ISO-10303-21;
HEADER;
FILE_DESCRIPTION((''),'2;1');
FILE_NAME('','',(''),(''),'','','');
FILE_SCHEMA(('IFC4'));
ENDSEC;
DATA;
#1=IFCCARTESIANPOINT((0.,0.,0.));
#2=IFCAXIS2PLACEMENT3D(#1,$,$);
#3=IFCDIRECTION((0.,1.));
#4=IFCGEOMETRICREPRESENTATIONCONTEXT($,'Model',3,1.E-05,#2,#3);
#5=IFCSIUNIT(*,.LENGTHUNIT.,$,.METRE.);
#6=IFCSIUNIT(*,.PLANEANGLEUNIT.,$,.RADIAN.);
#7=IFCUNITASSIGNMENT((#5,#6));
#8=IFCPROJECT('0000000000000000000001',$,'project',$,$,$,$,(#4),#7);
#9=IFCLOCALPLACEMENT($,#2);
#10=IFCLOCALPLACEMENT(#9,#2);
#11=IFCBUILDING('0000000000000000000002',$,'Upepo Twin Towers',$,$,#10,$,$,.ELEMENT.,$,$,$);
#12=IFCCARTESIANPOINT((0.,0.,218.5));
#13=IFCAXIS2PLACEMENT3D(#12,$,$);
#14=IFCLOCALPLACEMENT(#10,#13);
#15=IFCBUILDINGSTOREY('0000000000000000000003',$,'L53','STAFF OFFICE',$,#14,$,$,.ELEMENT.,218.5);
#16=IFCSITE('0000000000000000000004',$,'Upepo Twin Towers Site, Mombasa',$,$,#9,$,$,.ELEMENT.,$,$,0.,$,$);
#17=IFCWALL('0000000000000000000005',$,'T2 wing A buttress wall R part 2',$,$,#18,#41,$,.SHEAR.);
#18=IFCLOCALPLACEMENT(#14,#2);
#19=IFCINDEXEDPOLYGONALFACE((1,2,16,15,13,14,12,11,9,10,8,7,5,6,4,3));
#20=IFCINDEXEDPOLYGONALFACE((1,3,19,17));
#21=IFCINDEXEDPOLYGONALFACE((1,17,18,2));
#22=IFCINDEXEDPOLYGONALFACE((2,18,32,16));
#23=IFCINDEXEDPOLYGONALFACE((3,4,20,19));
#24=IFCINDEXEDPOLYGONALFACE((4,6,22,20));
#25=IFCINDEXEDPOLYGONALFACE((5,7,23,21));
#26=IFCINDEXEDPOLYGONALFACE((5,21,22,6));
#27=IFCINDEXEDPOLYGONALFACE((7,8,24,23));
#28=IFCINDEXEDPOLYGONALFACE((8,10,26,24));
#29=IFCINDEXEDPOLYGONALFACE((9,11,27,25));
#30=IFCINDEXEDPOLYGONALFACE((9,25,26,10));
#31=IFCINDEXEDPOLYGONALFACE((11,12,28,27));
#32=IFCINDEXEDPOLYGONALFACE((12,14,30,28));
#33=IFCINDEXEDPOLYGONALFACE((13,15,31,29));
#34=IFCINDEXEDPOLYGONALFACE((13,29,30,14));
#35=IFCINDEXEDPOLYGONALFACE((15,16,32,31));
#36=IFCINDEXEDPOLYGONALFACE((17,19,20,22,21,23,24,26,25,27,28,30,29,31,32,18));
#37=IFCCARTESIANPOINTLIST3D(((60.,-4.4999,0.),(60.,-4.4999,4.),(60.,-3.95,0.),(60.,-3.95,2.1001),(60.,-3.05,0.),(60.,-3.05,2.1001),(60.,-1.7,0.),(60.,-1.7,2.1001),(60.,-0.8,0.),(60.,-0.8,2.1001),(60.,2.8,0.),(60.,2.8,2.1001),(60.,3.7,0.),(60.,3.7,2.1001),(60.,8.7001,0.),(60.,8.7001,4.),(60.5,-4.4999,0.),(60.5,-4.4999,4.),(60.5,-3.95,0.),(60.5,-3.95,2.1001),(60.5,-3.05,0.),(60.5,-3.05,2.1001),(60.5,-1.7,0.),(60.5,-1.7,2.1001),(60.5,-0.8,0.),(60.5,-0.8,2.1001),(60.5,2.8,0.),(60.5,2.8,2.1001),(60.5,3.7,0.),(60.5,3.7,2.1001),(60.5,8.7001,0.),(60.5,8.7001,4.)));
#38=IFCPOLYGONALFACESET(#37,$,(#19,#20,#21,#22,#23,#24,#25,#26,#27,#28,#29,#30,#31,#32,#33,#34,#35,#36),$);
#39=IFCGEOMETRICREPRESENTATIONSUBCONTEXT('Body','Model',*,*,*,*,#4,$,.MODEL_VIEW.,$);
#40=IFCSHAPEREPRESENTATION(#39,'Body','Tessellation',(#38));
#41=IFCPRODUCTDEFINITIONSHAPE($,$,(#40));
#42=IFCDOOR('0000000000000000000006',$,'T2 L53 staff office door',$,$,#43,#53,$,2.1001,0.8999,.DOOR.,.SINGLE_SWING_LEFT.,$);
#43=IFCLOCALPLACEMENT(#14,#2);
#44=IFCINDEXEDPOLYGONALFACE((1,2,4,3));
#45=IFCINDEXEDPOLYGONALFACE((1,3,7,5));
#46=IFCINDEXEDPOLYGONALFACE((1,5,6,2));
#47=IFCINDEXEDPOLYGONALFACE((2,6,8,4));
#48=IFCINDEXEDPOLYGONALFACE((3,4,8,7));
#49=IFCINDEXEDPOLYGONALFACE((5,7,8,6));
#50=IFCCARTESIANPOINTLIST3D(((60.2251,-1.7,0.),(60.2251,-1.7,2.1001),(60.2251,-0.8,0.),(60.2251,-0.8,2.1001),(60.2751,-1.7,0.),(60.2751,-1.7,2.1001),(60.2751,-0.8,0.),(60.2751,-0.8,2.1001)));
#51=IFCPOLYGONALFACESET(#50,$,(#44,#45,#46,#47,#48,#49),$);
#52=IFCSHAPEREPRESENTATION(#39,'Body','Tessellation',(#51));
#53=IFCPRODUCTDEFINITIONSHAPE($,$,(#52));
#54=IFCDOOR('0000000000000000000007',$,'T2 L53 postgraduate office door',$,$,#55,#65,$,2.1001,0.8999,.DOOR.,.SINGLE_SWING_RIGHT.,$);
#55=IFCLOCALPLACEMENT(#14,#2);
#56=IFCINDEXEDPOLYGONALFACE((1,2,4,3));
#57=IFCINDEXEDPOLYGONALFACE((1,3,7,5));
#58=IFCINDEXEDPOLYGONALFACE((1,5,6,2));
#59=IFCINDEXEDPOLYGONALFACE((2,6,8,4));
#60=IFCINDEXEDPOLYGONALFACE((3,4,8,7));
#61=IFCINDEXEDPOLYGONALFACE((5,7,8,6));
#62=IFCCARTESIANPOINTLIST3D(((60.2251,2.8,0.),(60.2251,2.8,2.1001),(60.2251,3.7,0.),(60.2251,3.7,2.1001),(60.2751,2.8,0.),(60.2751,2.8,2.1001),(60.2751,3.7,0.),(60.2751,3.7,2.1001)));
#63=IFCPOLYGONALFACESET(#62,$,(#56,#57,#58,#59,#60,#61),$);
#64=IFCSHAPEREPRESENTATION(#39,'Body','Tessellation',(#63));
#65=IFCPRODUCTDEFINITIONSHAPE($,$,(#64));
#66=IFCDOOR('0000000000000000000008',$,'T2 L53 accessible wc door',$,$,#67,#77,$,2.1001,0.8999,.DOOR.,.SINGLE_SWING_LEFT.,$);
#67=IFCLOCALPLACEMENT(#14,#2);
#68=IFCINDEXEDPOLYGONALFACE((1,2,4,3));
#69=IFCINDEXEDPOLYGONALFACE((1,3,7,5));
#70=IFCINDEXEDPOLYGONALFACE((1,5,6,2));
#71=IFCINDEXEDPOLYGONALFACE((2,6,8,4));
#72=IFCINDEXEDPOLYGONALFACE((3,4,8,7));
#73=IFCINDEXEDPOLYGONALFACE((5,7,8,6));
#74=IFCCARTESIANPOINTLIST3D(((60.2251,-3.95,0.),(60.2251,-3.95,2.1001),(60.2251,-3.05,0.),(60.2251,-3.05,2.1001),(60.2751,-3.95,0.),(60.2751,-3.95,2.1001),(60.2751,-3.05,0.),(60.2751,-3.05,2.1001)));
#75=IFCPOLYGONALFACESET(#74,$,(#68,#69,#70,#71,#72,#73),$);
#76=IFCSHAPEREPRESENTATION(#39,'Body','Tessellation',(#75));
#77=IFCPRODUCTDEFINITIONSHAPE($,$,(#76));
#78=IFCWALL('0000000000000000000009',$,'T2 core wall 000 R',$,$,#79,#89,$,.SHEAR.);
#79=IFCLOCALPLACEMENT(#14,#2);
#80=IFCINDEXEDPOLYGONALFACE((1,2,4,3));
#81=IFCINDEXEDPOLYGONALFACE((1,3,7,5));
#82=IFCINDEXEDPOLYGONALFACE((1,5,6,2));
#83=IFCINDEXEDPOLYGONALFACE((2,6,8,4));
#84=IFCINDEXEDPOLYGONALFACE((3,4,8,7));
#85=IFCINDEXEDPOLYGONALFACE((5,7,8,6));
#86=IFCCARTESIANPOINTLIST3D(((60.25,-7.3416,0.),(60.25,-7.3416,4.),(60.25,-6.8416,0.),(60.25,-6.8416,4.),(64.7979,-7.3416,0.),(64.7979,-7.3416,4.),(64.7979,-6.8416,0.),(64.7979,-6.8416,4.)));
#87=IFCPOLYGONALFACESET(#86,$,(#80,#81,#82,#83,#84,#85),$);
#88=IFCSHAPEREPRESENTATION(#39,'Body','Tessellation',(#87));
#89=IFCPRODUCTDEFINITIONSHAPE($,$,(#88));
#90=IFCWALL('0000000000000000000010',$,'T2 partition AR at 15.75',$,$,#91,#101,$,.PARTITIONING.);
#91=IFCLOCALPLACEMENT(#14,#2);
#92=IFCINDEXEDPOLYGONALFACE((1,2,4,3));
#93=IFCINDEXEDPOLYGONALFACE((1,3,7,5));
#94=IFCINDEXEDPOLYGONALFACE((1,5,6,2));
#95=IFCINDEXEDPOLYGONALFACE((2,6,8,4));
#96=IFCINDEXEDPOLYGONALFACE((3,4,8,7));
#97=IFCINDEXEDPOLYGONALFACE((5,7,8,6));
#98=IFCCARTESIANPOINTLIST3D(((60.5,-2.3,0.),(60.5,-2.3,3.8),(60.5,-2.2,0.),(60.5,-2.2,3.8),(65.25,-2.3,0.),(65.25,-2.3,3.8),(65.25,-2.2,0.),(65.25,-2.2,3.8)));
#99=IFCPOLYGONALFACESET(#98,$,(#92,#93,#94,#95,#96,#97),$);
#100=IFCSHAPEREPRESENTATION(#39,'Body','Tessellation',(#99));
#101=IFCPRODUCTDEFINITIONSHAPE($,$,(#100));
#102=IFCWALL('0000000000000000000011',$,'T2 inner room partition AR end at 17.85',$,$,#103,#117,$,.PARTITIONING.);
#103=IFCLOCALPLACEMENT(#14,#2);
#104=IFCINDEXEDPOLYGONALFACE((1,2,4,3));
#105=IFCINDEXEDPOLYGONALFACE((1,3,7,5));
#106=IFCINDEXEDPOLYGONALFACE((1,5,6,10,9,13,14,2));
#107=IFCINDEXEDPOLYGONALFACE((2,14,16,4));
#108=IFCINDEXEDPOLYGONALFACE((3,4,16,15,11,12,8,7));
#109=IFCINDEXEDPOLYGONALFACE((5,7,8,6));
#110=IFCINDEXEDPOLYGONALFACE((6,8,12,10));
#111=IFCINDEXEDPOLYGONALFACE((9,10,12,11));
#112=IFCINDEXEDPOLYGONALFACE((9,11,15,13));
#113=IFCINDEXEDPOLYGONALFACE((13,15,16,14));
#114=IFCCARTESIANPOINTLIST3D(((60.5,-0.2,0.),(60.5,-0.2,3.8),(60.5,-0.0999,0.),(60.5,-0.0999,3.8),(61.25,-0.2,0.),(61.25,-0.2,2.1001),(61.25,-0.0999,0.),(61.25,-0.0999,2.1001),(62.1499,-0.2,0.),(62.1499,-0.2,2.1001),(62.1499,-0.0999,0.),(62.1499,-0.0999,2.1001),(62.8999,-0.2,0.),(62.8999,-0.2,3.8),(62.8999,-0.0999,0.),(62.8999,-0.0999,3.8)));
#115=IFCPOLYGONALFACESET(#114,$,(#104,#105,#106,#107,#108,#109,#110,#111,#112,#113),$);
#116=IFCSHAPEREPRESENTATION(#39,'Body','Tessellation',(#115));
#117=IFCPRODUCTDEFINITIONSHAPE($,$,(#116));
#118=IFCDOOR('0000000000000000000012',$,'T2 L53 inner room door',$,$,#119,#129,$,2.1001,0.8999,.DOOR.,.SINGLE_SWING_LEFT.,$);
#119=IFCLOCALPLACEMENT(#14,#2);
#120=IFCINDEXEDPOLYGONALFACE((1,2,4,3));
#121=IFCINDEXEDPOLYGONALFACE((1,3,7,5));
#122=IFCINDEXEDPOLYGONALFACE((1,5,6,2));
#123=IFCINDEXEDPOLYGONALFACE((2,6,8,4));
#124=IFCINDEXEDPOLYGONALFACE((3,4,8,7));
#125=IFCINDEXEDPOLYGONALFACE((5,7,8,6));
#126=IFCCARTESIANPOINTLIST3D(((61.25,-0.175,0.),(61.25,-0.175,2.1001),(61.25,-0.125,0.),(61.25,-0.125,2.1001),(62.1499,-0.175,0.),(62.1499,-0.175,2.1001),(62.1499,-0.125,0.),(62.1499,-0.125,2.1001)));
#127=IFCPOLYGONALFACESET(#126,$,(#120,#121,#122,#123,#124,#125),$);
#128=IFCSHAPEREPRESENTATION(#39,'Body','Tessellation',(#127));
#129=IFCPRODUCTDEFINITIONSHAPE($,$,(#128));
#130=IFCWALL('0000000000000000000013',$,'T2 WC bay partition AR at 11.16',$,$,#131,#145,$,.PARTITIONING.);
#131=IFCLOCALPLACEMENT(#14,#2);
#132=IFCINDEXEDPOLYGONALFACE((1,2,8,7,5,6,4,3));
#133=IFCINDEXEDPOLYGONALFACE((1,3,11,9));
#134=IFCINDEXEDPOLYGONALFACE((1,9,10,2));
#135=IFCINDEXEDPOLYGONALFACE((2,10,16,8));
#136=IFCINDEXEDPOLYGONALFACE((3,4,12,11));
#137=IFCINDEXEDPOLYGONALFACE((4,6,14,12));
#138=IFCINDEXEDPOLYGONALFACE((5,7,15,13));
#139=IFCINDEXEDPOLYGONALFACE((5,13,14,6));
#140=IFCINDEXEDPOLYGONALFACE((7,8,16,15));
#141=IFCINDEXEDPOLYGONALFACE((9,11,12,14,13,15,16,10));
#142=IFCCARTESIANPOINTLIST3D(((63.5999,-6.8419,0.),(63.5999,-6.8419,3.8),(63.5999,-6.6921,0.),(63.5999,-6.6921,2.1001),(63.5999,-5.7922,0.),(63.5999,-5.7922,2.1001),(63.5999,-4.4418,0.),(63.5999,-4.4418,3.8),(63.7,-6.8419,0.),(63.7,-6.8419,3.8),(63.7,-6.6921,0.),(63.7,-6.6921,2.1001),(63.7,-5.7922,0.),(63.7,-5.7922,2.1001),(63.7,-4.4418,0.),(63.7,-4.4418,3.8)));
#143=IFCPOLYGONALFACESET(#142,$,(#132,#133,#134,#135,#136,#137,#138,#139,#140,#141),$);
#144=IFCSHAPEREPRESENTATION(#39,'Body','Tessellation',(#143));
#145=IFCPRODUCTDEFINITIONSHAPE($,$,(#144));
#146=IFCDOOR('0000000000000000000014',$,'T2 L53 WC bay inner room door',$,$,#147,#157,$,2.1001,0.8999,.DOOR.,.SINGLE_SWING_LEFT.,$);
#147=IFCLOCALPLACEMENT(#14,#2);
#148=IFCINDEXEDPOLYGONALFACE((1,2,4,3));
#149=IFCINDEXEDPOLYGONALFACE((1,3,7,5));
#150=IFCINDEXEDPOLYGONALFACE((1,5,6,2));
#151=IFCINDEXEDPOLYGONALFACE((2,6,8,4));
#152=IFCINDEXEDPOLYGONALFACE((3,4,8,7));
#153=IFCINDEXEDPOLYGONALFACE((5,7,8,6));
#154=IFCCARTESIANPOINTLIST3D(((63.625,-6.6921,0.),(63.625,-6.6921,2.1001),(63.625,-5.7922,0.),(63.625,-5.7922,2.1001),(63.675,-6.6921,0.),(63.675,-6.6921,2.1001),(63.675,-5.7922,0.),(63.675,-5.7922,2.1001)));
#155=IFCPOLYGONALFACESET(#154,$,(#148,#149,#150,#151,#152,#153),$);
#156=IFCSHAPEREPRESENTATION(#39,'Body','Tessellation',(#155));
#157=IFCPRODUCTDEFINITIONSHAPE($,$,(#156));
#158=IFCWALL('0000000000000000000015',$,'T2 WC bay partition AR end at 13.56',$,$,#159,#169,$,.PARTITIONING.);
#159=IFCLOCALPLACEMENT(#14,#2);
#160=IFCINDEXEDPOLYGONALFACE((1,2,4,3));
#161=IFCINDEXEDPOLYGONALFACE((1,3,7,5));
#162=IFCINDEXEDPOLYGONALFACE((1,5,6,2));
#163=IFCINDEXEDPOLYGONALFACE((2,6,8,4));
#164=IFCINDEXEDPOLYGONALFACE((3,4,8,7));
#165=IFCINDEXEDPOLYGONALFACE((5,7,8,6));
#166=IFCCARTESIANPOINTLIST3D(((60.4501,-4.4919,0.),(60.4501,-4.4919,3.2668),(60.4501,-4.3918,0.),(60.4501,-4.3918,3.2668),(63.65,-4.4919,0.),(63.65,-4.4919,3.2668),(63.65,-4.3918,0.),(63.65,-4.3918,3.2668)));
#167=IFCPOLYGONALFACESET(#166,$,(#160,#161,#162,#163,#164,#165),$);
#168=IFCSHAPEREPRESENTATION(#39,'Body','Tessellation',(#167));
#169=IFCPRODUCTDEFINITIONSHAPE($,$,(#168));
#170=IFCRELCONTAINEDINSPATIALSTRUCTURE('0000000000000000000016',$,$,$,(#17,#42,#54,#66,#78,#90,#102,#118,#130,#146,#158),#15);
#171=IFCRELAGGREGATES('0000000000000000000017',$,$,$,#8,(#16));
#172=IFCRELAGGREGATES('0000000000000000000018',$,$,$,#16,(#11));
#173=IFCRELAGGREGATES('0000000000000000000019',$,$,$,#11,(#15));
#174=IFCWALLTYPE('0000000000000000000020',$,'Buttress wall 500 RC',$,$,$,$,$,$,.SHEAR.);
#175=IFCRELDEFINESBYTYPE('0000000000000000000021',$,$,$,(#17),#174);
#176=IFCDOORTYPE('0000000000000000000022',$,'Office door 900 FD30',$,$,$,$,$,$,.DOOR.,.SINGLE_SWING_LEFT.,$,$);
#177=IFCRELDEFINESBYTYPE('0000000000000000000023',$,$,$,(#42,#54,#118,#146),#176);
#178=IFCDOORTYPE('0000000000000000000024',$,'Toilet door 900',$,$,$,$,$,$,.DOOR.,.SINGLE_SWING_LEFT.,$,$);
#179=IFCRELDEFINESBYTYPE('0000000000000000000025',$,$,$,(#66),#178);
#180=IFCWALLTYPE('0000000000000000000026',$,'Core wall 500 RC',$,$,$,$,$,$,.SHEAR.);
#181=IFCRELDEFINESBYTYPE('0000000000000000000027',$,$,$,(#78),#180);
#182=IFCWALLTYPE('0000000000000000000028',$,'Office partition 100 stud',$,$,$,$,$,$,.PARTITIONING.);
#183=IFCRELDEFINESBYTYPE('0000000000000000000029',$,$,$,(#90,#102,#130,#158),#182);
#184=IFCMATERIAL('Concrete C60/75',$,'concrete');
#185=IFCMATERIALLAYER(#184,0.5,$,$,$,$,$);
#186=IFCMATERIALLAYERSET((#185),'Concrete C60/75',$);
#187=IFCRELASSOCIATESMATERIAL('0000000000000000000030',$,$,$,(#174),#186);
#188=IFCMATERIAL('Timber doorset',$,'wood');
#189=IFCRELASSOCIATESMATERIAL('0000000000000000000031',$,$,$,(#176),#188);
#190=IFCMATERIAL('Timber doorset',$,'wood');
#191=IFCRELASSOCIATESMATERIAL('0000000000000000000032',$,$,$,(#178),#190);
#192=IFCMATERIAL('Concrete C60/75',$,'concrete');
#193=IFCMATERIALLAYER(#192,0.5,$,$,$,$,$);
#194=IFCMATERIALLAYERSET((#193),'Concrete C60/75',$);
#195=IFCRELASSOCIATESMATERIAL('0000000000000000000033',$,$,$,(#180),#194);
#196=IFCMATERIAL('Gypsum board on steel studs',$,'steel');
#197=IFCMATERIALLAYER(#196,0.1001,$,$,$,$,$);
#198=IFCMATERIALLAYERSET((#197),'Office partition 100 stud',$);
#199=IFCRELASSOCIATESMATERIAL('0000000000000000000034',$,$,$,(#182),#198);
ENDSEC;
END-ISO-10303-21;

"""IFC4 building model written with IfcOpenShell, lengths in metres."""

from ifc_helpers import new_model, si_unit, direction, frame, frame_2d, origin, place, context, subcontext, project, spatial, rectangle, extrude, material, layer, layer_set, type_object, element, fill, save


model = new_model("IFC4")

# Units and contexts
model_context = context("Model", 3, precision=1e-05, world=origin(), true_north=direction((0.0, 1.0)))
body_context = subcontext(model_context, "Body", "Model", "MODEL_VIEW")
ifc_project = project(units=[si_unit("LENGTHUNIT", "METRE"), si_unit("PLANEANGLEUNIT", "RADIAN")], contexts=[model_context])

# Site, building, storey
site_placement = place(None, origin())
site = spatial("IfcSite", under=ifc_project, at=site_placement, Name="Upepo Twin Towers Site, Mombasa", CompositionType="ELEMENT", RefElevation=0.0)
building_placement = place(site_placement, origin())
building = spatial("IfcBuilding", under=site, at=building_placement, Name="Upepo Twin Towers", CompositionType="ELEMENT")
storey_placement = place(building_placement, frame((0.0, 0.0, 218.5)))
storey = spatial("IfcBuildingStorey", under=building, at=storey_placement, Name="L53", Description="STAFF OFFICE", CompositionType="ELEMENT", Elevation=218.5)

# Wall, openings, doors
ifc_material_1 = material(Name="Concrete C60/75", Category="concrete")
ifc_layer_1 = layer(ifc_material_1, 0.5)
ifc_layer_set_1 = layer_set([ifc_layer_1], Name="Concrete C60/75")
wall_type_1 = type_object("IfcWallType", Name="Buttress wall 500 RC", PredefinedType="SHEAR", material=ifc_layer_set_1)
wall_1_placement = place(storey_placement, frame((60.25, -4.5, 0.0), z_axis=(0.0, 0.0, 1.0), x_axis=(0.0, 1.0, 0.0)))
wall_1 = element("IfcWall", 1, at=wall_1_placement, inside=storey, type_object=wall_type_1, Name="T2 wing A buttress wall R part 2", PredefinedType="SHEAR", context=body_context, shape_type="SweptSolid", body=[
    extrude(rectangle(XDim=13.2, YDim=0.5, at=frame_2d((6.6001, 0.0))), origin(), (0.0, 0.0, 1.0), 4.0),
])
opening_1_placement = place(wall_1_placement, frame((0.55, 0.0, 0.0)))
opening_1 = element("IfcOpeningElement", 2, at=opening_1_placement, cuts=wall_1, PredefinedType="OPENING", context=body_context, shape_type="SweptSolid", body=[
    extrude(rectangle(XDim=0.8999, YDim=2.1001, at=frame_2d((0.45, 1.05))), frame((0.0, 0.26, 0.0), z_axis=(0.0, -1.0, 0.0), x_axis=(1.0, 0.0, 0.0)), (0.0, 0.0, 1.0), 0.52),
])
opening_2_placement = place(wall_1_placement, frame((2.8, 0.0, 0.0)))
opening_2 = element("IfcOpeningElement", 3, at=opening_2_placement, cuts=wall_1, PredefinedType="OPENING", context=body_context, shape_type="SweptSolid", body=[
    extrude(rectangle(XDim=0.8999, YDim=2.1001, at=frame_2d((0.45, 1.05))), frame((0.0, 0.26, 0.0), z_axis=(0.0, -1.0, 0.0), x_axis=(1.0, 0.0, 0.0)), (0.0, 0.0, 1.0), 0.52),
])
opening_3_placement = place(wall_1_placement, frame((7.3, 0.0, 0.0)))
opening_3 = element("IfcOpeningElement", 4, at=opening_3_placement, cuts=wall_1, PredefinedType="OPENING", context=body_context, shape_type="SweptSolid", body=[
    extrude(rectangle(XDim=0.8999, YDim=2.1001, at=frame_2d((0.45, 1.05))), frame((0.0, 0.26, 0.0), z_axis=(0.0, -1.0, 0.0), x_axis=(1.0, 0.0, 0.0)), (0.0, 0.0, 1.0), 0.52),
])
ifc_material_2 = material(Name="Timber doorset", Category="wood")
door_type_1 = type_object("IfcDoorType", Name="Office door 900 FD30", OperationType="SINGLE_SWING_LEFT", PredefinedType="DOOR", material=ifc_material_2)
door_1_placement = place(opening_2_placement, origin())
door_1 = element("IfcDoor", 5, at=door_1_placement, inside=storey, type_object=door_type_1, Name="T2 L53 staff office door", OperationType="SINGLE_SWING_LEFT", OverallHeight=2.1001, OverallWidth=0.8999, PredefinedType="DOOR", context=body_context, shape_type="SweptSolid", body=[
    extrude(rectangle(XDim=0.8999, YDim=2.1001, at=frame_2d((0.45, 1.05))), frame((0.0, 0.0249, 0.0), z_axis=(0.0, -1.0, 0.0), x_axis=(1.0, 0.0, 0.0)), (0.0, 0.0, 1.0), 0.05),
])
fill(opening_2, door_1)
door_2_placement = place(opening_3_placement, origin())
door_2 = element("IfcDoor", 6, at=door_2_placement, inside=storey, type_object=door_type_1, Name="T2 L53 postgraduate office door", OperationType="SINGLE_SWING_RIGHT", OverallHeight=2.1001, OverallWidth=0.8999, PredefinedType="DOOR", context=body_context, shape_type="SweptSolid", body=[
    extrude(rectangle(XDim=0.8999, YDim=2.1001, at=frame_2d((0.45, 1.05))), frame((0.0, 0.0249, 0.0), z_axis=(0.0, -1.0, 0.0), x_axis=(1.0, 0.0, 0.0)), (0.0, 0.0, 1.0), 0.05),
])
fill(opening_3, door_2)
ifc_material_3 = material(Name="Timber doorset", Category="wood")
door_type_2 = type_object("IfcDoorType", Name="Toilet door 900", OperationType="SINGLE_SWING_LEFT", PredefinedType="DOOR", material=ifc_material_3)
door_3_placement = place(opening_1_placement, origin())
door_3 = element("IfcDoor", 7, at=door_3_placement, inside=storey, type_object=door_type_2, Name="T2 L53 accessible wc door", OperationType="SINGLE_SWING_LEFT", OverallHeight=2.1001, OverallWidth=0.8999, PredefinedType="DOOR", context=body_context, shape_type="SweptSolid", body=[
    extrude(rectangle(XDim=0.8999, YDim=2.1001, at=frame_2d((0.45, 1.05))), frame((0.0, 0.0249, 0.0), z_axis=(0.0, -1.0, 0.0), x_axis=(1.0, 0.0, 0.0)), (0.0, 0.0, 1.0), 0.05),
])
fill(opening_1, door_3)

# Walls
ifc_material_4 = material(Name="Concrete C60/75", Category="concrete")
ifc_layer_2 = layer(ifc_material_4, 0.5)
ifc_layer_set_2 = layer_set([ifc_layer_2], Name="Concrete C60/75")
wall_type_2 = type_object("IfcWallType", Name="Core wall 500 RC", PredefinedType="SHEAR", material=ifc_layer_set_2)
wall_2_placement = place(storey_placement, frame((64.7979, -7.0916, 0.0), z_axis=(0.0, 0.0, 1.0), x_axis=(-1.0, 0.0, 0.0)))
element("IfcWall", 8, at=wall_2_placement, inside=storey, type_object=wall_type_2, Name="T2 core wall 000 R", PredefinedType="SHEAR", context=body_context, shape_type="SweptSolid", body=[
    extrude(rectangle(XDim=4.5479, YDim=0.5, at=frame_2d((2.2739, 0.0))), origin(), (0.0, 0.0, 1.0), 4.0),
])
ifc_material_5 = material(Name="Gypsum board on steel studs", Category="steel")
ifc_layer_3 = layer(ifc_material_5, 0.1001)
ifc_layer_set_3 = layer_set([ifc_layer_3], Name="Office partition 100 stud")
wall_type_3 = type_object("IfcWallType", Name="Office partition 100 stud", PredefinedType="PARTITIONING", material=ifc_layer_set_3)
wall_3_placement = place(storey_placement, frame((60.5, -2.25, 0.0), z_axis=(0.0, 0.0, 1.0), x_axis=(1.0, 0.0, 0.0)))
element("IfcWall", 9, at=wall_3_placement, inside=storey, type_object=wall_type_3, Name="T2 partition AR at 15.75", PredefinedType="PARTITIONING", context=body_context, shape_type="SweptSolid", body=[
    extrude(rectangle(XDim=4.75, YDim=0.1001, at=frame_2d((2.375, 0.0))), origin(), (0.0, 0.0, 1.0), 3.8),
])

# Walls, openings, doors
wall_4_placement = place(storey_placement, frame((60.5, -0.1499, 0.0), z_axis=(0.0, 0.0, 1.0), x_axis=(1.0, 0.0, 0.0)))
wall_4 = element("IfcWall", 10, at=wall_4_placement, inside=storey, type_object=wall_type_3, Name="T2 inner room partition AR end at 17.85", PredefinedType="PARTITIONING", context=body_context, shape_type="SweptSolid", body=[
    extrude(rectangle(XDim=2.3999, YDim=0.1001, at=frame_2d((1.2, 0.0))), origin(), (0.0, 0.0, 1.0), 3.8),
])
opening_4_placement = place(wall_4_placement, frame((0.75, 0.0, 0.0)))
opening_4 = element("IfcOpeningElement", 11, at=opening_4_placement, cuts=wall_4, PredefinedType="OPENING", context=body_context, shape_type="SweptSolid", body=[
    extrude(rectangle(XDim=0.8999, YDim=2.1001, at=frame_2d((0.45, 1.05))), frame((0.0, 0.0601, 0.0), z_axis=(0.0, -1.0, 0.0), x_axis=(1.0, 0.0, 0.0)), (0.0, 0.0, 1.0), 0.1201),
])
door_4_placement = place(opening_4_placement, origin())
door_4 = element("IfcDoor", 12, at=door_4_placement, inside=storey, type_object=door_type_1, Name="T2 L53 inner room door", OperationType="SINGLE_SWING_LEFT", OverallHeight=2.1001, OverallWidth=0.8999, PredefinedType="DOOR", context=body_context, shape_type="SweptSolid", body=[
    extrude(rectangle(XDim=0.8999, YDim=2.1001, at=frame_2d((0.45, 1.05))), frame((0.0, 0.0249, 0.0), z_axis=(0.0, -1.0, 0.0), x_axis=(1.0, 0.0, 0.0)), (0.0, 0.0, 1.0), 0.05),
])
fill(opening_4, door_4)
wall_5_placement = place(storey_placement, frame((63.6499, -6.842, 0.0), z_axis=(0.0, 0.0, 1.0), x_axis=(0.0, 1.0, 0.0)))
wall_5 = element("IfcWall", 13, at=wall_5_placement, inside=storey, type_object=wall_type_3, Name="T2 WC bay partition AR at 11.16", PredefinedType="PARTITIONING", context=body_context, shape_type="SweptSolid", body=[
    extrude(rectangle(XDim=2.4001, YDim=0.1001, at=frame_2d((1.2002, 0.0))), origin(), (0.0, 0.0, 1.0), 3.8),
])
opening_5_placement = place(wall_5_placement, frame((0.1499, 0.0, 0.0)))
opening_5 = element("IfcOpeningElement", 14, at=opening_5_placement, cuts=wall_5, PredefinedType="OPENING", context=body_context, shape_type="SweptSolid", body=[
    extrude(rectangle(XDim=0.8999, YDim=2.1001, at=frame_2d((0.45, 1.05))), frame((0.0, 0.0601, 0.0), z_axis=(0.0, -1.0, 0.0), x_axis=(1.0, 0.0, 0.0)), (0.0, 0.0, 1.0), 0.1201),
])
door_5_placement = place(opening_5_placement, origin())
door_5 = element("IfcDoor", 15, at=door_5_placement, inside=storey, type_object=door_type_1, Name="T2 L53 WC bay inner room door", OperationType="SINGLE_SWING_LEFT", OverallHeight=2.1001, OverallWidth=0.8999, PredefinedType="DOOR", context=body_context, shape_type="SweptSolid", body=[
    extrude(rectangle(XDim=0.8999, YDim=2.1001, at=frame_2d((0.45, 1.05))), frame((0.0, 0.0249, 0.0), z_axis=(0.0, -1.0, 0.0), x_axis=(1.0, 0.0, 0.0)), (0.0, 0.0, 1.0), 0.05),
])
fill(opening_5, door_5)

# Wall
wall_6_placement = place(storey_placement, frame((60.45, -4.4419, 0.0), z_axis=(0.0, 0.0, 1.0), x_axis=(1.0, 0.0, 0.0)))
element("IfcWall", 16, at=wall_6_placement, inside=storey, type_object=wall_type_3, Name="T2 WC bay partition AR end at 13.56", PredefinedType="PARTITIONING", context=body_context, shape_type="SweptSolid", body=[
    extrude(rectangle(XDim=3.2, YDim=0.1001, at=frame_2d((1.6001, 0.0))), origin(), (0.0, 0.0, 1.0), 3.2668),
])

save(model, "model.ifc")
